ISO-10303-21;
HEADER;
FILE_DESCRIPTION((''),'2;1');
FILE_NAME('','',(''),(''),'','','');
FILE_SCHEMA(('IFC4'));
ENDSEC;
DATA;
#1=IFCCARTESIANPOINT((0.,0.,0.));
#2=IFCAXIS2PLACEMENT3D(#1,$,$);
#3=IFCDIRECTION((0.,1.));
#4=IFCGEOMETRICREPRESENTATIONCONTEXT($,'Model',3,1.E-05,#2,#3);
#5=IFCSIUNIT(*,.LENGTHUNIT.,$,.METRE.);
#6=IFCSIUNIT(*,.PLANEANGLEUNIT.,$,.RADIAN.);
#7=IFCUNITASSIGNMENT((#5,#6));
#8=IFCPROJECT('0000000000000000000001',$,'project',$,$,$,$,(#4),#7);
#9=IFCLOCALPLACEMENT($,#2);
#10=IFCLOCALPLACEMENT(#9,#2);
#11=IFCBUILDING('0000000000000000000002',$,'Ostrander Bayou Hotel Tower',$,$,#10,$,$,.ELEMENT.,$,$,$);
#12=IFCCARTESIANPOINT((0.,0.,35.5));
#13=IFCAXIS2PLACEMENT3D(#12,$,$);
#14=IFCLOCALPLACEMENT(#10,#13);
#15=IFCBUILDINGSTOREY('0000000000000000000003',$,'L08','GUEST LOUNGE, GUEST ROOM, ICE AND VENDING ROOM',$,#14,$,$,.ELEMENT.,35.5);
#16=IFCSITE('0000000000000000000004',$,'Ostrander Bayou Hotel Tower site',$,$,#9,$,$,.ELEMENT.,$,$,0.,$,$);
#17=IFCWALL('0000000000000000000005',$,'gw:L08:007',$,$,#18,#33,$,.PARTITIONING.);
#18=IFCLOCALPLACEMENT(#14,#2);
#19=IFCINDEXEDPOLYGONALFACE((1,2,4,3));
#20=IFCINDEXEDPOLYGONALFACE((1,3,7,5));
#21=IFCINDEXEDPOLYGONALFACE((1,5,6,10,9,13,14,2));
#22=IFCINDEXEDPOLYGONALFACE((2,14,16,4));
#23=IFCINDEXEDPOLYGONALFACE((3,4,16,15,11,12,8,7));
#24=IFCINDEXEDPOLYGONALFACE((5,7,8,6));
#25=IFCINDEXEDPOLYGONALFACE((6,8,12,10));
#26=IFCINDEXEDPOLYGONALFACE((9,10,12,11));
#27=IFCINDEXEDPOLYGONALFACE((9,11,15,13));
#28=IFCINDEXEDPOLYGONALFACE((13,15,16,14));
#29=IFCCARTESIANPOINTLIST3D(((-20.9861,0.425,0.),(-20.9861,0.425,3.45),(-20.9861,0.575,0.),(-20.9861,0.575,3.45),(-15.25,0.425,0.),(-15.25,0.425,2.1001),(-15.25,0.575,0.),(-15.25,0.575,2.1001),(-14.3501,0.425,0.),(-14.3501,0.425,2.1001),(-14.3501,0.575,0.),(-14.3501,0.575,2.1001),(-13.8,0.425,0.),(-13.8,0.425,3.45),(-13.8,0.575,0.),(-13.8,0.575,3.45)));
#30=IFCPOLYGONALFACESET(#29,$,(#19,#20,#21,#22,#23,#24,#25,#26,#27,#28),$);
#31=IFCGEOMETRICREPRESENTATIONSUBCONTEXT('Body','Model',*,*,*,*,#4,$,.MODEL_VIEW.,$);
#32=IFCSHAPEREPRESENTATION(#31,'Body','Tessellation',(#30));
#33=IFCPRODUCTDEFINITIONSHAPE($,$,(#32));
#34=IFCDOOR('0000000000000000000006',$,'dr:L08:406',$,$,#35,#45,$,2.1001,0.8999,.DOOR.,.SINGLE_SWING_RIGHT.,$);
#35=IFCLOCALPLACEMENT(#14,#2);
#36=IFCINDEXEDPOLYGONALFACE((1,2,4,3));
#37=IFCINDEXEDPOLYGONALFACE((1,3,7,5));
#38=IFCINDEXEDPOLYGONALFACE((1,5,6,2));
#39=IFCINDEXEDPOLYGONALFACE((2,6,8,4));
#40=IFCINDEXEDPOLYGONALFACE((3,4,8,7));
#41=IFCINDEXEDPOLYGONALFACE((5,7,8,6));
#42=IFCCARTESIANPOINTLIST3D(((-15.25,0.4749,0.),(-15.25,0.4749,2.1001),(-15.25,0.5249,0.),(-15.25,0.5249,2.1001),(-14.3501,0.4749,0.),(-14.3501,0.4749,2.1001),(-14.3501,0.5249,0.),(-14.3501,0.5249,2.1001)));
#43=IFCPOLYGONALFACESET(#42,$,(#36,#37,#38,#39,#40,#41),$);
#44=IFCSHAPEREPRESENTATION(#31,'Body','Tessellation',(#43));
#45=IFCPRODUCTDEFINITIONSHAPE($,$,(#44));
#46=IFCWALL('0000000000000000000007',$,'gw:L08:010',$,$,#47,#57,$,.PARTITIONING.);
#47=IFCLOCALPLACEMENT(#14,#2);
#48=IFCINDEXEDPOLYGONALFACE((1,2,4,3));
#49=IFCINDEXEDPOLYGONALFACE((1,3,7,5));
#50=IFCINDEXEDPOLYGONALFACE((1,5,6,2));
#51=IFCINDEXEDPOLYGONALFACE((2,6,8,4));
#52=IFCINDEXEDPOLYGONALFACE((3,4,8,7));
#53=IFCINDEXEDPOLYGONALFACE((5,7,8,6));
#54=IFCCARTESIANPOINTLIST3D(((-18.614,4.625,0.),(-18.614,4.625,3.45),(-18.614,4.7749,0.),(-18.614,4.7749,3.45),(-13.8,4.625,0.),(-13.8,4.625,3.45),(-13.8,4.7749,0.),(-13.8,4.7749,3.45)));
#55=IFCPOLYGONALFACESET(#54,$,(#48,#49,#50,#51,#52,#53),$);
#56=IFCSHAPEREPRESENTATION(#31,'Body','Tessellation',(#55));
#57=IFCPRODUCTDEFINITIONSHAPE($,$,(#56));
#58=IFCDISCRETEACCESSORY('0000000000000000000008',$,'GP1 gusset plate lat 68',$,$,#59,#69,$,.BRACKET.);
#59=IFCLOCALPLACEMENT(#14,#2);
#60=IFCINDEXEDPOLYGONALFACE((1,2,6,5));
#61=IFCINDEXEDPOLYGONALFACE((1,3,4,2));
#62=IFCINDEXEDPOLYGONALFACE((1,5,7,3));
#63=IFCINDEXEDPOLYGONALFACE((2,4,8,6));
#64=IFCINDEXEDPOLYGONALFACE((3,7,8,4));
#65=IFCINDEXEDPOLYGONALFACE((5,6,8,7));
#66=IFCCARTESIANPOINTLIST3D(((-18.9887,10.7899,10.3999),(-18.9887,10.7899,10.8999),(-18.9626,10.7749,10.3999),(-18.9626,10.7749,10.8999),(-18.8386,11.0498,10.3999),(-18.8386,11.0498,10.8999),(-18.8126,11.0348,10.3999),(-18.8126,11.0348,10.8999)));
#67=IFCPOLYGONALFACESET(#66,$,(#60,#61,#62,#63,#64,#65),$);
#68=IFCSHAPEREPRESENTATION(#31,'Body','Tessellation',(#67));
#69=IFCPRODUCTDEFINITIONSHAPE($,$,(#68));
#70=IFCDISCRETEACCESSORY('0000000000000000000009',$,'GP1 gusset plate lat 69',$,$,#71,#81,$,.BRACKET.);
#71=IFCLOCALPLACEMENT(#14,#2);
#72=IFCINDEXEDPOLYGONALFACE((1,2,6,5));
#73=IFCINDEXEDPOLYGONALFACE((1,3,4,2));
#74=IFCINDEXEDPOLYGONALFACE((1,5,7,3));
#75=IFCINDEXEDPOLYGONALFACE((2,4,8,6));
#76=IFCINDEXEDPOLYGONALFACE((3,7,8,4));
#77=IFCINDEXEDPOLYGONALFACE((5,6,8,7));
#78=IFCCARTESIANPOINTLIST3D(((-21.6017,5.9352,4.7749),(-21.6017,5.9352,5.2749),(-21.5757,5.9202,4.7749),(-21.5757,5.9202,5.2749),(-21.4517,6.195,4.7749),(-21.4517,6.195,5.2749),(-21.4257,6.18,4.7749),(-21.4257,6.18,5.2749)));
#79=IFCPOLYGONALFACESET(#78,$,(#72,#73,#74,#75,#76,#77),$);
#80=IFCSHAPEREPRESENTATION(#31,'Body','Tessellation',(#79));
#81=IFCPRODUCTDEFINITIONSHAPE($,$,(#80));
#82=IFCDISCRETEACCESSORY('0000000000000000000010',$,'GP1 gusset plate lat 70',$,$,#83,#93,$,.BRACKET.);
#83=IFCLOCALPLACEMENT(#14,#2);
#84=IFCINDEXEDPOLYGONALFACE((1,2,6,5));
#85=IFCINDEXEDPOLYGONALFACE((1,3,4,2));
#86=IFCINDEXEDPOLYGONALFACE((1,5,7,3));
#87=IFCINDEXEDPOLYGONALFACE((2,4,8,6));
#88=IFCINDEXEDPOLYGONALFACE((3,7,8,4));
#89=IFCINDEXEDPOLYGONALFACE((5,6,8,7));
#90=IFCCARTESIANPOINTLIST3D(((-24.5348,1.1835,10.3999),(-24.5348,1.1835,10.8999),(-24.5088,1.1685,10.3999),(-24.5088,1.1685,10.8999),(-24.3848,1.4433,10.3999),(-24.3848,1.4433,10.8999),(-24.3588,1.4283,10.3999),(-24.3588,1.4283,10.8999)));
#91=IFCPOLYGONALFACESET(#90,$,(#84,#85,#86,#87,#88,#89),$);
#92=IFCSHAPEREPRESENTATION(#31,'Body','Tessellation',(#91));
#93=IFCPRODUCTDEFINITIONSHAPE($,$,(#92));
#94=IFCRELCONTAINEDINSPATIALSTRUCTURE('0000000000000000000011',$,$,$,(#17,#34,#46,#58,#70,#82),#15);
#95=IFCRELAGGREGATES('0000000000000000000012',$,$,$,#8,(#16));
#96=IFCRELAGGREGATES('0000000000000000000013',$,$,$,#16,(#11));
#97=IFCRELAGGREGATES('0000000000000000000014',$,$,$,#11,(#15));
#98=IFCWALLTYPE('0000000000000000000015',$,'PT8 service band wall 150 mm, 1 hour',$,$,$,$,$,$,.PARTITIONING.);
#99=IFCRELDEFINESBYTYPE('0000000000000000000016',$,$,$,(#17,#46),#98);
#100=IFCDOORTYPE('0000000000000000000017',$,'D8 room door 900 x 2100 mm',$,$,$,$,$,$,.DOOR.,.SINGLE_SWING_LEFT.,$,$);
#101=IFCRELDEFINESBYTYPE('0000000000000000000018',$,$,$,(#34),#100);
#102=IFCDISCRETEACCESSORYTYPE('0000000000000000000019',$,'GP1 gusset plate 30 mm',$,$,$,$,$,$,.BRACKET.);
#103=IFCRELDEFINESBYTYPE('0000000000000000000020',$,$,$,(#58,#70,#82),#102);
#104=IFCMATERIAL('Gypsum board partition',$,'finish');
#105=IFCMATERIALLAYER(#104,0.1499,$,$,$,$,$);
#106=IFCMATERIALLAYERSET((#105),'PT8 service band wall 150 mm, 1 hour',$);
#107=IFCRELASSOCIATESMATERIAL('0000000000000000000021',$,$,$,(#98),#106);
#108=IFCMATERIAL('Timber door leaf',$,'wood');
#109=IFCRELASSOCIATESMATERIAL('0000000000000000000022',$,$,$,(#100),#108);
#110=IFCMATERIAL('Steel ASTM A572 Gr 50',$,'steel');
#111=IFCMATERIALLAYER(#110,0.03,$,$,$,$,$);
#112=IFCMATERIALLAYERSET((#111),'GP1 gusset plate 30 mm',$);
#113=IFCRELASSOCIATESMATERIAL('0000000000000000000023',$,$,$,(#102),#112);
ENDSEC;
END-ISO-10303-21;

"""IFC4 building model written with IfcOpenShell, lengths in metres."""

from ifc_helpers import new_model, si_unit, direction, frame, frame_2d, origin, origin_2d, place, context, subcontext, project, spatial, rectangle, extrude, material, layer, layer_set, type_object, element, fill, save


model = new_model("IFC4")

# Units and contexts
model_context = context("Model", 3, precision=1e-05, world=origin(), true_north=direction((0.0, 1.0)))
body_context = subcontext(model_context, "Body", "Model", "MODEL_VIEW")
ifc_project = project(units=[si_unit("LENGTHUNIT", "METRE"), si_unit("PLANEANGLEUNIT", "RADIAN")], contexts=[model_context])

# Site, building, storey
site_placement = place(None, origin())
site = spatial("IfcSite", under=ifc_project, at=site_placement, Name="Ostrander Bayou Hotel Tower site", CompositionType="ELEMENT", RefElevation=0.0)
building_placement = place(site_placement, origin())
building = spatial("IfcBuilding", under=site, at=building_placement, Name="Ostrander Bayou Hotel Tower", CompositionType="ELEMENT")
storey_placement = place(building_placement, frame((0.0, 0.0, 35.5)))
storey = spatial("IfcBuildingStorey", under=building, at=storey_placement, Name="L08", Description="GUEST LOUNGE, GUEST ROOM, ICE AND VENDING ROOM", CompositionType="ELEMENT", Elevation=35.5)

# Wall, opening, door
ifc_material_1 = material(Name="Gypsum board partition", Category="finish")
ifc_layer_1 = layer(ifc_material_1, 0.1499)
ifc_layer_set_1 = layer_set([ifc_layer_1], Name="PT8 service band wall 150 mm, 1 hour")
wall_type_1 = type_object("IfcWallType", Name="PT8 service band wall 150 mm, 1 hour", PredefinedType="PARTITIONING", material=ifc_layer_set_1)
wall_1_placement = place(storey_placement, frame((-20.9861, 0.5, 0.0), z_axis=(0.0, 0.0, 1.0), x_axis=(1.0, 0.0, 0.0)))
wall_1 = element("IfcWall", 1, at=wall_1_placement, inside=storey, type_object=wall_type_1, Name="gw:L08:007", PredefinedType="PARTITIONING", context=body_context, shape_type="SweptSolid", body=[
    extrude(rectangle(XDim=7.186, YDim=0.1499, at=frame_2d((3.593, 0.0))), origin(), (0.0, 0.0, 1.0), 3.45),
])
opening_1_placement = place(wall_1_placement, frame((5.7361, 0.0, 0.0)))
opening_1 = element("IfcOpeningElement", 2, at=opening_1_placement, cuts=wall_1, PredefinedType="OPENING", context=body_context, shape_type="SweptSolid", body=[
    extrude(rectangle(XDim=0.8999, YDim=2.1001, at=frame_2d((0.45, 1.05))), frame((0.0, 0.075, 0.0), z_axis=(0.0, -1.0, 0.0), x_axis=(1.0, 0.0, 0.0)), (0.0, 0.0, 1.0), 0.1499),
])
ifc_material_2 = material(Name="Timber door leaf", Category="wood")
door_type = type_object("IfcDoorType", Name="D8 room door 900 x 2100 mm", OperationType="SINGLE_SWING_LEFT", PredefinedType="DOOR", material=ifc_material_2)
door_placement = place(opening_1_placement, origin())
door = element("IfcDoor", 3, at=door_placement, inside=storey, type_object=door_type, Name="dr:L08:406", OperationType="SINGLE_SWING_RIGHT", OverallHeight=2.1001, OverallWidth=0.8999, PredefinedType="DOOR", context=body_context, shape_type="SweptSolid", body=[
    extrude(rectangle(XDim=0.8999, YDim=2.1001, at=frame_2d((0.45, 1.05))), frame((0.0, 0.0249, 0.0), z_axis=(0.0, -1.0, 0.0), x_axis=(1.0, 0.0, 0.0)), (0.0, 0.0, 1.0), 0.05),
])
fill(opening_1, door)

# Wall
wall_2_placement = place(storey_placement, frame((-18.614, 4.7, 0.0), z_axis=(0.0, 0.0, 1.0), x_axis=(1.0, 0.0, 0.0)))
element("IfcWall", 4, at=wall_2_placement, inside=storey, type_object=wall_type_1, Name="gw:L08:010", PredefinedType="PARTITIONING", context=body_context, shape_type="SweptSolid", body=[
    extrude(rectangle(XDim=4.814, YDim=0.1499, at=frame_2d((2.407, 0.0))), origin(), (0.0, 0.0, 1.0), 3.45),
])

# Discrete accessories
ifc_material_3 = material(Name="Steel ASTM A572 Gr 50", Category="steel")
ifc_layer_2 = layer(ifc_material_3, 0.03)
ifc_layer_set_2 = layer_set([ifc_layer_2], Name="GP1 gusset plate 30 mm")
discrete_accessory_type = type_object("IfcDiscreteAccessoryType", Name="GP1 gusset plate 30 mm", PredefinedType="BRACKET", material=ifc_layer_set_2)
for number, where, z_axis, x_axis, name in (
    (5, (-18.9006, 10.9124, 10.3999), (0.0, 0.0, 1.0), (-0.5, -0.866025, 0.0), "GP1 gusset plate lat 68"),
    (6, (-21.5137, 6.0576, 4.7749), (0.0, 0.0, 1.0), (-0.5, -0.866025, 0.0), "GP1 gusset plate lat 69"),
    (7, (-24.4468, 1.3059, 10.3999), (0.0, 0.0, 1.0), (-0.5, -0.866025, 0.0), "GP1 gusset plate lat 70"),
):
    element("IfcDiscreteAccessory", number, at=place(storey_placement, frame(where, z_axis=z_axis, x_axis=x_axis)), inside=storey, type_object=discrete_accessory_type, Name=name, PredefinedType="BRACKET", context=body_context, shape_type="SweptSolid", body=[
        extrude(rectangle(XDim=0.3, YDim=0.03, at=origin_2d()), origin(), (0.0, 0.0, 1.0), 0.5),
    ])

save(model, "model.ifc")
